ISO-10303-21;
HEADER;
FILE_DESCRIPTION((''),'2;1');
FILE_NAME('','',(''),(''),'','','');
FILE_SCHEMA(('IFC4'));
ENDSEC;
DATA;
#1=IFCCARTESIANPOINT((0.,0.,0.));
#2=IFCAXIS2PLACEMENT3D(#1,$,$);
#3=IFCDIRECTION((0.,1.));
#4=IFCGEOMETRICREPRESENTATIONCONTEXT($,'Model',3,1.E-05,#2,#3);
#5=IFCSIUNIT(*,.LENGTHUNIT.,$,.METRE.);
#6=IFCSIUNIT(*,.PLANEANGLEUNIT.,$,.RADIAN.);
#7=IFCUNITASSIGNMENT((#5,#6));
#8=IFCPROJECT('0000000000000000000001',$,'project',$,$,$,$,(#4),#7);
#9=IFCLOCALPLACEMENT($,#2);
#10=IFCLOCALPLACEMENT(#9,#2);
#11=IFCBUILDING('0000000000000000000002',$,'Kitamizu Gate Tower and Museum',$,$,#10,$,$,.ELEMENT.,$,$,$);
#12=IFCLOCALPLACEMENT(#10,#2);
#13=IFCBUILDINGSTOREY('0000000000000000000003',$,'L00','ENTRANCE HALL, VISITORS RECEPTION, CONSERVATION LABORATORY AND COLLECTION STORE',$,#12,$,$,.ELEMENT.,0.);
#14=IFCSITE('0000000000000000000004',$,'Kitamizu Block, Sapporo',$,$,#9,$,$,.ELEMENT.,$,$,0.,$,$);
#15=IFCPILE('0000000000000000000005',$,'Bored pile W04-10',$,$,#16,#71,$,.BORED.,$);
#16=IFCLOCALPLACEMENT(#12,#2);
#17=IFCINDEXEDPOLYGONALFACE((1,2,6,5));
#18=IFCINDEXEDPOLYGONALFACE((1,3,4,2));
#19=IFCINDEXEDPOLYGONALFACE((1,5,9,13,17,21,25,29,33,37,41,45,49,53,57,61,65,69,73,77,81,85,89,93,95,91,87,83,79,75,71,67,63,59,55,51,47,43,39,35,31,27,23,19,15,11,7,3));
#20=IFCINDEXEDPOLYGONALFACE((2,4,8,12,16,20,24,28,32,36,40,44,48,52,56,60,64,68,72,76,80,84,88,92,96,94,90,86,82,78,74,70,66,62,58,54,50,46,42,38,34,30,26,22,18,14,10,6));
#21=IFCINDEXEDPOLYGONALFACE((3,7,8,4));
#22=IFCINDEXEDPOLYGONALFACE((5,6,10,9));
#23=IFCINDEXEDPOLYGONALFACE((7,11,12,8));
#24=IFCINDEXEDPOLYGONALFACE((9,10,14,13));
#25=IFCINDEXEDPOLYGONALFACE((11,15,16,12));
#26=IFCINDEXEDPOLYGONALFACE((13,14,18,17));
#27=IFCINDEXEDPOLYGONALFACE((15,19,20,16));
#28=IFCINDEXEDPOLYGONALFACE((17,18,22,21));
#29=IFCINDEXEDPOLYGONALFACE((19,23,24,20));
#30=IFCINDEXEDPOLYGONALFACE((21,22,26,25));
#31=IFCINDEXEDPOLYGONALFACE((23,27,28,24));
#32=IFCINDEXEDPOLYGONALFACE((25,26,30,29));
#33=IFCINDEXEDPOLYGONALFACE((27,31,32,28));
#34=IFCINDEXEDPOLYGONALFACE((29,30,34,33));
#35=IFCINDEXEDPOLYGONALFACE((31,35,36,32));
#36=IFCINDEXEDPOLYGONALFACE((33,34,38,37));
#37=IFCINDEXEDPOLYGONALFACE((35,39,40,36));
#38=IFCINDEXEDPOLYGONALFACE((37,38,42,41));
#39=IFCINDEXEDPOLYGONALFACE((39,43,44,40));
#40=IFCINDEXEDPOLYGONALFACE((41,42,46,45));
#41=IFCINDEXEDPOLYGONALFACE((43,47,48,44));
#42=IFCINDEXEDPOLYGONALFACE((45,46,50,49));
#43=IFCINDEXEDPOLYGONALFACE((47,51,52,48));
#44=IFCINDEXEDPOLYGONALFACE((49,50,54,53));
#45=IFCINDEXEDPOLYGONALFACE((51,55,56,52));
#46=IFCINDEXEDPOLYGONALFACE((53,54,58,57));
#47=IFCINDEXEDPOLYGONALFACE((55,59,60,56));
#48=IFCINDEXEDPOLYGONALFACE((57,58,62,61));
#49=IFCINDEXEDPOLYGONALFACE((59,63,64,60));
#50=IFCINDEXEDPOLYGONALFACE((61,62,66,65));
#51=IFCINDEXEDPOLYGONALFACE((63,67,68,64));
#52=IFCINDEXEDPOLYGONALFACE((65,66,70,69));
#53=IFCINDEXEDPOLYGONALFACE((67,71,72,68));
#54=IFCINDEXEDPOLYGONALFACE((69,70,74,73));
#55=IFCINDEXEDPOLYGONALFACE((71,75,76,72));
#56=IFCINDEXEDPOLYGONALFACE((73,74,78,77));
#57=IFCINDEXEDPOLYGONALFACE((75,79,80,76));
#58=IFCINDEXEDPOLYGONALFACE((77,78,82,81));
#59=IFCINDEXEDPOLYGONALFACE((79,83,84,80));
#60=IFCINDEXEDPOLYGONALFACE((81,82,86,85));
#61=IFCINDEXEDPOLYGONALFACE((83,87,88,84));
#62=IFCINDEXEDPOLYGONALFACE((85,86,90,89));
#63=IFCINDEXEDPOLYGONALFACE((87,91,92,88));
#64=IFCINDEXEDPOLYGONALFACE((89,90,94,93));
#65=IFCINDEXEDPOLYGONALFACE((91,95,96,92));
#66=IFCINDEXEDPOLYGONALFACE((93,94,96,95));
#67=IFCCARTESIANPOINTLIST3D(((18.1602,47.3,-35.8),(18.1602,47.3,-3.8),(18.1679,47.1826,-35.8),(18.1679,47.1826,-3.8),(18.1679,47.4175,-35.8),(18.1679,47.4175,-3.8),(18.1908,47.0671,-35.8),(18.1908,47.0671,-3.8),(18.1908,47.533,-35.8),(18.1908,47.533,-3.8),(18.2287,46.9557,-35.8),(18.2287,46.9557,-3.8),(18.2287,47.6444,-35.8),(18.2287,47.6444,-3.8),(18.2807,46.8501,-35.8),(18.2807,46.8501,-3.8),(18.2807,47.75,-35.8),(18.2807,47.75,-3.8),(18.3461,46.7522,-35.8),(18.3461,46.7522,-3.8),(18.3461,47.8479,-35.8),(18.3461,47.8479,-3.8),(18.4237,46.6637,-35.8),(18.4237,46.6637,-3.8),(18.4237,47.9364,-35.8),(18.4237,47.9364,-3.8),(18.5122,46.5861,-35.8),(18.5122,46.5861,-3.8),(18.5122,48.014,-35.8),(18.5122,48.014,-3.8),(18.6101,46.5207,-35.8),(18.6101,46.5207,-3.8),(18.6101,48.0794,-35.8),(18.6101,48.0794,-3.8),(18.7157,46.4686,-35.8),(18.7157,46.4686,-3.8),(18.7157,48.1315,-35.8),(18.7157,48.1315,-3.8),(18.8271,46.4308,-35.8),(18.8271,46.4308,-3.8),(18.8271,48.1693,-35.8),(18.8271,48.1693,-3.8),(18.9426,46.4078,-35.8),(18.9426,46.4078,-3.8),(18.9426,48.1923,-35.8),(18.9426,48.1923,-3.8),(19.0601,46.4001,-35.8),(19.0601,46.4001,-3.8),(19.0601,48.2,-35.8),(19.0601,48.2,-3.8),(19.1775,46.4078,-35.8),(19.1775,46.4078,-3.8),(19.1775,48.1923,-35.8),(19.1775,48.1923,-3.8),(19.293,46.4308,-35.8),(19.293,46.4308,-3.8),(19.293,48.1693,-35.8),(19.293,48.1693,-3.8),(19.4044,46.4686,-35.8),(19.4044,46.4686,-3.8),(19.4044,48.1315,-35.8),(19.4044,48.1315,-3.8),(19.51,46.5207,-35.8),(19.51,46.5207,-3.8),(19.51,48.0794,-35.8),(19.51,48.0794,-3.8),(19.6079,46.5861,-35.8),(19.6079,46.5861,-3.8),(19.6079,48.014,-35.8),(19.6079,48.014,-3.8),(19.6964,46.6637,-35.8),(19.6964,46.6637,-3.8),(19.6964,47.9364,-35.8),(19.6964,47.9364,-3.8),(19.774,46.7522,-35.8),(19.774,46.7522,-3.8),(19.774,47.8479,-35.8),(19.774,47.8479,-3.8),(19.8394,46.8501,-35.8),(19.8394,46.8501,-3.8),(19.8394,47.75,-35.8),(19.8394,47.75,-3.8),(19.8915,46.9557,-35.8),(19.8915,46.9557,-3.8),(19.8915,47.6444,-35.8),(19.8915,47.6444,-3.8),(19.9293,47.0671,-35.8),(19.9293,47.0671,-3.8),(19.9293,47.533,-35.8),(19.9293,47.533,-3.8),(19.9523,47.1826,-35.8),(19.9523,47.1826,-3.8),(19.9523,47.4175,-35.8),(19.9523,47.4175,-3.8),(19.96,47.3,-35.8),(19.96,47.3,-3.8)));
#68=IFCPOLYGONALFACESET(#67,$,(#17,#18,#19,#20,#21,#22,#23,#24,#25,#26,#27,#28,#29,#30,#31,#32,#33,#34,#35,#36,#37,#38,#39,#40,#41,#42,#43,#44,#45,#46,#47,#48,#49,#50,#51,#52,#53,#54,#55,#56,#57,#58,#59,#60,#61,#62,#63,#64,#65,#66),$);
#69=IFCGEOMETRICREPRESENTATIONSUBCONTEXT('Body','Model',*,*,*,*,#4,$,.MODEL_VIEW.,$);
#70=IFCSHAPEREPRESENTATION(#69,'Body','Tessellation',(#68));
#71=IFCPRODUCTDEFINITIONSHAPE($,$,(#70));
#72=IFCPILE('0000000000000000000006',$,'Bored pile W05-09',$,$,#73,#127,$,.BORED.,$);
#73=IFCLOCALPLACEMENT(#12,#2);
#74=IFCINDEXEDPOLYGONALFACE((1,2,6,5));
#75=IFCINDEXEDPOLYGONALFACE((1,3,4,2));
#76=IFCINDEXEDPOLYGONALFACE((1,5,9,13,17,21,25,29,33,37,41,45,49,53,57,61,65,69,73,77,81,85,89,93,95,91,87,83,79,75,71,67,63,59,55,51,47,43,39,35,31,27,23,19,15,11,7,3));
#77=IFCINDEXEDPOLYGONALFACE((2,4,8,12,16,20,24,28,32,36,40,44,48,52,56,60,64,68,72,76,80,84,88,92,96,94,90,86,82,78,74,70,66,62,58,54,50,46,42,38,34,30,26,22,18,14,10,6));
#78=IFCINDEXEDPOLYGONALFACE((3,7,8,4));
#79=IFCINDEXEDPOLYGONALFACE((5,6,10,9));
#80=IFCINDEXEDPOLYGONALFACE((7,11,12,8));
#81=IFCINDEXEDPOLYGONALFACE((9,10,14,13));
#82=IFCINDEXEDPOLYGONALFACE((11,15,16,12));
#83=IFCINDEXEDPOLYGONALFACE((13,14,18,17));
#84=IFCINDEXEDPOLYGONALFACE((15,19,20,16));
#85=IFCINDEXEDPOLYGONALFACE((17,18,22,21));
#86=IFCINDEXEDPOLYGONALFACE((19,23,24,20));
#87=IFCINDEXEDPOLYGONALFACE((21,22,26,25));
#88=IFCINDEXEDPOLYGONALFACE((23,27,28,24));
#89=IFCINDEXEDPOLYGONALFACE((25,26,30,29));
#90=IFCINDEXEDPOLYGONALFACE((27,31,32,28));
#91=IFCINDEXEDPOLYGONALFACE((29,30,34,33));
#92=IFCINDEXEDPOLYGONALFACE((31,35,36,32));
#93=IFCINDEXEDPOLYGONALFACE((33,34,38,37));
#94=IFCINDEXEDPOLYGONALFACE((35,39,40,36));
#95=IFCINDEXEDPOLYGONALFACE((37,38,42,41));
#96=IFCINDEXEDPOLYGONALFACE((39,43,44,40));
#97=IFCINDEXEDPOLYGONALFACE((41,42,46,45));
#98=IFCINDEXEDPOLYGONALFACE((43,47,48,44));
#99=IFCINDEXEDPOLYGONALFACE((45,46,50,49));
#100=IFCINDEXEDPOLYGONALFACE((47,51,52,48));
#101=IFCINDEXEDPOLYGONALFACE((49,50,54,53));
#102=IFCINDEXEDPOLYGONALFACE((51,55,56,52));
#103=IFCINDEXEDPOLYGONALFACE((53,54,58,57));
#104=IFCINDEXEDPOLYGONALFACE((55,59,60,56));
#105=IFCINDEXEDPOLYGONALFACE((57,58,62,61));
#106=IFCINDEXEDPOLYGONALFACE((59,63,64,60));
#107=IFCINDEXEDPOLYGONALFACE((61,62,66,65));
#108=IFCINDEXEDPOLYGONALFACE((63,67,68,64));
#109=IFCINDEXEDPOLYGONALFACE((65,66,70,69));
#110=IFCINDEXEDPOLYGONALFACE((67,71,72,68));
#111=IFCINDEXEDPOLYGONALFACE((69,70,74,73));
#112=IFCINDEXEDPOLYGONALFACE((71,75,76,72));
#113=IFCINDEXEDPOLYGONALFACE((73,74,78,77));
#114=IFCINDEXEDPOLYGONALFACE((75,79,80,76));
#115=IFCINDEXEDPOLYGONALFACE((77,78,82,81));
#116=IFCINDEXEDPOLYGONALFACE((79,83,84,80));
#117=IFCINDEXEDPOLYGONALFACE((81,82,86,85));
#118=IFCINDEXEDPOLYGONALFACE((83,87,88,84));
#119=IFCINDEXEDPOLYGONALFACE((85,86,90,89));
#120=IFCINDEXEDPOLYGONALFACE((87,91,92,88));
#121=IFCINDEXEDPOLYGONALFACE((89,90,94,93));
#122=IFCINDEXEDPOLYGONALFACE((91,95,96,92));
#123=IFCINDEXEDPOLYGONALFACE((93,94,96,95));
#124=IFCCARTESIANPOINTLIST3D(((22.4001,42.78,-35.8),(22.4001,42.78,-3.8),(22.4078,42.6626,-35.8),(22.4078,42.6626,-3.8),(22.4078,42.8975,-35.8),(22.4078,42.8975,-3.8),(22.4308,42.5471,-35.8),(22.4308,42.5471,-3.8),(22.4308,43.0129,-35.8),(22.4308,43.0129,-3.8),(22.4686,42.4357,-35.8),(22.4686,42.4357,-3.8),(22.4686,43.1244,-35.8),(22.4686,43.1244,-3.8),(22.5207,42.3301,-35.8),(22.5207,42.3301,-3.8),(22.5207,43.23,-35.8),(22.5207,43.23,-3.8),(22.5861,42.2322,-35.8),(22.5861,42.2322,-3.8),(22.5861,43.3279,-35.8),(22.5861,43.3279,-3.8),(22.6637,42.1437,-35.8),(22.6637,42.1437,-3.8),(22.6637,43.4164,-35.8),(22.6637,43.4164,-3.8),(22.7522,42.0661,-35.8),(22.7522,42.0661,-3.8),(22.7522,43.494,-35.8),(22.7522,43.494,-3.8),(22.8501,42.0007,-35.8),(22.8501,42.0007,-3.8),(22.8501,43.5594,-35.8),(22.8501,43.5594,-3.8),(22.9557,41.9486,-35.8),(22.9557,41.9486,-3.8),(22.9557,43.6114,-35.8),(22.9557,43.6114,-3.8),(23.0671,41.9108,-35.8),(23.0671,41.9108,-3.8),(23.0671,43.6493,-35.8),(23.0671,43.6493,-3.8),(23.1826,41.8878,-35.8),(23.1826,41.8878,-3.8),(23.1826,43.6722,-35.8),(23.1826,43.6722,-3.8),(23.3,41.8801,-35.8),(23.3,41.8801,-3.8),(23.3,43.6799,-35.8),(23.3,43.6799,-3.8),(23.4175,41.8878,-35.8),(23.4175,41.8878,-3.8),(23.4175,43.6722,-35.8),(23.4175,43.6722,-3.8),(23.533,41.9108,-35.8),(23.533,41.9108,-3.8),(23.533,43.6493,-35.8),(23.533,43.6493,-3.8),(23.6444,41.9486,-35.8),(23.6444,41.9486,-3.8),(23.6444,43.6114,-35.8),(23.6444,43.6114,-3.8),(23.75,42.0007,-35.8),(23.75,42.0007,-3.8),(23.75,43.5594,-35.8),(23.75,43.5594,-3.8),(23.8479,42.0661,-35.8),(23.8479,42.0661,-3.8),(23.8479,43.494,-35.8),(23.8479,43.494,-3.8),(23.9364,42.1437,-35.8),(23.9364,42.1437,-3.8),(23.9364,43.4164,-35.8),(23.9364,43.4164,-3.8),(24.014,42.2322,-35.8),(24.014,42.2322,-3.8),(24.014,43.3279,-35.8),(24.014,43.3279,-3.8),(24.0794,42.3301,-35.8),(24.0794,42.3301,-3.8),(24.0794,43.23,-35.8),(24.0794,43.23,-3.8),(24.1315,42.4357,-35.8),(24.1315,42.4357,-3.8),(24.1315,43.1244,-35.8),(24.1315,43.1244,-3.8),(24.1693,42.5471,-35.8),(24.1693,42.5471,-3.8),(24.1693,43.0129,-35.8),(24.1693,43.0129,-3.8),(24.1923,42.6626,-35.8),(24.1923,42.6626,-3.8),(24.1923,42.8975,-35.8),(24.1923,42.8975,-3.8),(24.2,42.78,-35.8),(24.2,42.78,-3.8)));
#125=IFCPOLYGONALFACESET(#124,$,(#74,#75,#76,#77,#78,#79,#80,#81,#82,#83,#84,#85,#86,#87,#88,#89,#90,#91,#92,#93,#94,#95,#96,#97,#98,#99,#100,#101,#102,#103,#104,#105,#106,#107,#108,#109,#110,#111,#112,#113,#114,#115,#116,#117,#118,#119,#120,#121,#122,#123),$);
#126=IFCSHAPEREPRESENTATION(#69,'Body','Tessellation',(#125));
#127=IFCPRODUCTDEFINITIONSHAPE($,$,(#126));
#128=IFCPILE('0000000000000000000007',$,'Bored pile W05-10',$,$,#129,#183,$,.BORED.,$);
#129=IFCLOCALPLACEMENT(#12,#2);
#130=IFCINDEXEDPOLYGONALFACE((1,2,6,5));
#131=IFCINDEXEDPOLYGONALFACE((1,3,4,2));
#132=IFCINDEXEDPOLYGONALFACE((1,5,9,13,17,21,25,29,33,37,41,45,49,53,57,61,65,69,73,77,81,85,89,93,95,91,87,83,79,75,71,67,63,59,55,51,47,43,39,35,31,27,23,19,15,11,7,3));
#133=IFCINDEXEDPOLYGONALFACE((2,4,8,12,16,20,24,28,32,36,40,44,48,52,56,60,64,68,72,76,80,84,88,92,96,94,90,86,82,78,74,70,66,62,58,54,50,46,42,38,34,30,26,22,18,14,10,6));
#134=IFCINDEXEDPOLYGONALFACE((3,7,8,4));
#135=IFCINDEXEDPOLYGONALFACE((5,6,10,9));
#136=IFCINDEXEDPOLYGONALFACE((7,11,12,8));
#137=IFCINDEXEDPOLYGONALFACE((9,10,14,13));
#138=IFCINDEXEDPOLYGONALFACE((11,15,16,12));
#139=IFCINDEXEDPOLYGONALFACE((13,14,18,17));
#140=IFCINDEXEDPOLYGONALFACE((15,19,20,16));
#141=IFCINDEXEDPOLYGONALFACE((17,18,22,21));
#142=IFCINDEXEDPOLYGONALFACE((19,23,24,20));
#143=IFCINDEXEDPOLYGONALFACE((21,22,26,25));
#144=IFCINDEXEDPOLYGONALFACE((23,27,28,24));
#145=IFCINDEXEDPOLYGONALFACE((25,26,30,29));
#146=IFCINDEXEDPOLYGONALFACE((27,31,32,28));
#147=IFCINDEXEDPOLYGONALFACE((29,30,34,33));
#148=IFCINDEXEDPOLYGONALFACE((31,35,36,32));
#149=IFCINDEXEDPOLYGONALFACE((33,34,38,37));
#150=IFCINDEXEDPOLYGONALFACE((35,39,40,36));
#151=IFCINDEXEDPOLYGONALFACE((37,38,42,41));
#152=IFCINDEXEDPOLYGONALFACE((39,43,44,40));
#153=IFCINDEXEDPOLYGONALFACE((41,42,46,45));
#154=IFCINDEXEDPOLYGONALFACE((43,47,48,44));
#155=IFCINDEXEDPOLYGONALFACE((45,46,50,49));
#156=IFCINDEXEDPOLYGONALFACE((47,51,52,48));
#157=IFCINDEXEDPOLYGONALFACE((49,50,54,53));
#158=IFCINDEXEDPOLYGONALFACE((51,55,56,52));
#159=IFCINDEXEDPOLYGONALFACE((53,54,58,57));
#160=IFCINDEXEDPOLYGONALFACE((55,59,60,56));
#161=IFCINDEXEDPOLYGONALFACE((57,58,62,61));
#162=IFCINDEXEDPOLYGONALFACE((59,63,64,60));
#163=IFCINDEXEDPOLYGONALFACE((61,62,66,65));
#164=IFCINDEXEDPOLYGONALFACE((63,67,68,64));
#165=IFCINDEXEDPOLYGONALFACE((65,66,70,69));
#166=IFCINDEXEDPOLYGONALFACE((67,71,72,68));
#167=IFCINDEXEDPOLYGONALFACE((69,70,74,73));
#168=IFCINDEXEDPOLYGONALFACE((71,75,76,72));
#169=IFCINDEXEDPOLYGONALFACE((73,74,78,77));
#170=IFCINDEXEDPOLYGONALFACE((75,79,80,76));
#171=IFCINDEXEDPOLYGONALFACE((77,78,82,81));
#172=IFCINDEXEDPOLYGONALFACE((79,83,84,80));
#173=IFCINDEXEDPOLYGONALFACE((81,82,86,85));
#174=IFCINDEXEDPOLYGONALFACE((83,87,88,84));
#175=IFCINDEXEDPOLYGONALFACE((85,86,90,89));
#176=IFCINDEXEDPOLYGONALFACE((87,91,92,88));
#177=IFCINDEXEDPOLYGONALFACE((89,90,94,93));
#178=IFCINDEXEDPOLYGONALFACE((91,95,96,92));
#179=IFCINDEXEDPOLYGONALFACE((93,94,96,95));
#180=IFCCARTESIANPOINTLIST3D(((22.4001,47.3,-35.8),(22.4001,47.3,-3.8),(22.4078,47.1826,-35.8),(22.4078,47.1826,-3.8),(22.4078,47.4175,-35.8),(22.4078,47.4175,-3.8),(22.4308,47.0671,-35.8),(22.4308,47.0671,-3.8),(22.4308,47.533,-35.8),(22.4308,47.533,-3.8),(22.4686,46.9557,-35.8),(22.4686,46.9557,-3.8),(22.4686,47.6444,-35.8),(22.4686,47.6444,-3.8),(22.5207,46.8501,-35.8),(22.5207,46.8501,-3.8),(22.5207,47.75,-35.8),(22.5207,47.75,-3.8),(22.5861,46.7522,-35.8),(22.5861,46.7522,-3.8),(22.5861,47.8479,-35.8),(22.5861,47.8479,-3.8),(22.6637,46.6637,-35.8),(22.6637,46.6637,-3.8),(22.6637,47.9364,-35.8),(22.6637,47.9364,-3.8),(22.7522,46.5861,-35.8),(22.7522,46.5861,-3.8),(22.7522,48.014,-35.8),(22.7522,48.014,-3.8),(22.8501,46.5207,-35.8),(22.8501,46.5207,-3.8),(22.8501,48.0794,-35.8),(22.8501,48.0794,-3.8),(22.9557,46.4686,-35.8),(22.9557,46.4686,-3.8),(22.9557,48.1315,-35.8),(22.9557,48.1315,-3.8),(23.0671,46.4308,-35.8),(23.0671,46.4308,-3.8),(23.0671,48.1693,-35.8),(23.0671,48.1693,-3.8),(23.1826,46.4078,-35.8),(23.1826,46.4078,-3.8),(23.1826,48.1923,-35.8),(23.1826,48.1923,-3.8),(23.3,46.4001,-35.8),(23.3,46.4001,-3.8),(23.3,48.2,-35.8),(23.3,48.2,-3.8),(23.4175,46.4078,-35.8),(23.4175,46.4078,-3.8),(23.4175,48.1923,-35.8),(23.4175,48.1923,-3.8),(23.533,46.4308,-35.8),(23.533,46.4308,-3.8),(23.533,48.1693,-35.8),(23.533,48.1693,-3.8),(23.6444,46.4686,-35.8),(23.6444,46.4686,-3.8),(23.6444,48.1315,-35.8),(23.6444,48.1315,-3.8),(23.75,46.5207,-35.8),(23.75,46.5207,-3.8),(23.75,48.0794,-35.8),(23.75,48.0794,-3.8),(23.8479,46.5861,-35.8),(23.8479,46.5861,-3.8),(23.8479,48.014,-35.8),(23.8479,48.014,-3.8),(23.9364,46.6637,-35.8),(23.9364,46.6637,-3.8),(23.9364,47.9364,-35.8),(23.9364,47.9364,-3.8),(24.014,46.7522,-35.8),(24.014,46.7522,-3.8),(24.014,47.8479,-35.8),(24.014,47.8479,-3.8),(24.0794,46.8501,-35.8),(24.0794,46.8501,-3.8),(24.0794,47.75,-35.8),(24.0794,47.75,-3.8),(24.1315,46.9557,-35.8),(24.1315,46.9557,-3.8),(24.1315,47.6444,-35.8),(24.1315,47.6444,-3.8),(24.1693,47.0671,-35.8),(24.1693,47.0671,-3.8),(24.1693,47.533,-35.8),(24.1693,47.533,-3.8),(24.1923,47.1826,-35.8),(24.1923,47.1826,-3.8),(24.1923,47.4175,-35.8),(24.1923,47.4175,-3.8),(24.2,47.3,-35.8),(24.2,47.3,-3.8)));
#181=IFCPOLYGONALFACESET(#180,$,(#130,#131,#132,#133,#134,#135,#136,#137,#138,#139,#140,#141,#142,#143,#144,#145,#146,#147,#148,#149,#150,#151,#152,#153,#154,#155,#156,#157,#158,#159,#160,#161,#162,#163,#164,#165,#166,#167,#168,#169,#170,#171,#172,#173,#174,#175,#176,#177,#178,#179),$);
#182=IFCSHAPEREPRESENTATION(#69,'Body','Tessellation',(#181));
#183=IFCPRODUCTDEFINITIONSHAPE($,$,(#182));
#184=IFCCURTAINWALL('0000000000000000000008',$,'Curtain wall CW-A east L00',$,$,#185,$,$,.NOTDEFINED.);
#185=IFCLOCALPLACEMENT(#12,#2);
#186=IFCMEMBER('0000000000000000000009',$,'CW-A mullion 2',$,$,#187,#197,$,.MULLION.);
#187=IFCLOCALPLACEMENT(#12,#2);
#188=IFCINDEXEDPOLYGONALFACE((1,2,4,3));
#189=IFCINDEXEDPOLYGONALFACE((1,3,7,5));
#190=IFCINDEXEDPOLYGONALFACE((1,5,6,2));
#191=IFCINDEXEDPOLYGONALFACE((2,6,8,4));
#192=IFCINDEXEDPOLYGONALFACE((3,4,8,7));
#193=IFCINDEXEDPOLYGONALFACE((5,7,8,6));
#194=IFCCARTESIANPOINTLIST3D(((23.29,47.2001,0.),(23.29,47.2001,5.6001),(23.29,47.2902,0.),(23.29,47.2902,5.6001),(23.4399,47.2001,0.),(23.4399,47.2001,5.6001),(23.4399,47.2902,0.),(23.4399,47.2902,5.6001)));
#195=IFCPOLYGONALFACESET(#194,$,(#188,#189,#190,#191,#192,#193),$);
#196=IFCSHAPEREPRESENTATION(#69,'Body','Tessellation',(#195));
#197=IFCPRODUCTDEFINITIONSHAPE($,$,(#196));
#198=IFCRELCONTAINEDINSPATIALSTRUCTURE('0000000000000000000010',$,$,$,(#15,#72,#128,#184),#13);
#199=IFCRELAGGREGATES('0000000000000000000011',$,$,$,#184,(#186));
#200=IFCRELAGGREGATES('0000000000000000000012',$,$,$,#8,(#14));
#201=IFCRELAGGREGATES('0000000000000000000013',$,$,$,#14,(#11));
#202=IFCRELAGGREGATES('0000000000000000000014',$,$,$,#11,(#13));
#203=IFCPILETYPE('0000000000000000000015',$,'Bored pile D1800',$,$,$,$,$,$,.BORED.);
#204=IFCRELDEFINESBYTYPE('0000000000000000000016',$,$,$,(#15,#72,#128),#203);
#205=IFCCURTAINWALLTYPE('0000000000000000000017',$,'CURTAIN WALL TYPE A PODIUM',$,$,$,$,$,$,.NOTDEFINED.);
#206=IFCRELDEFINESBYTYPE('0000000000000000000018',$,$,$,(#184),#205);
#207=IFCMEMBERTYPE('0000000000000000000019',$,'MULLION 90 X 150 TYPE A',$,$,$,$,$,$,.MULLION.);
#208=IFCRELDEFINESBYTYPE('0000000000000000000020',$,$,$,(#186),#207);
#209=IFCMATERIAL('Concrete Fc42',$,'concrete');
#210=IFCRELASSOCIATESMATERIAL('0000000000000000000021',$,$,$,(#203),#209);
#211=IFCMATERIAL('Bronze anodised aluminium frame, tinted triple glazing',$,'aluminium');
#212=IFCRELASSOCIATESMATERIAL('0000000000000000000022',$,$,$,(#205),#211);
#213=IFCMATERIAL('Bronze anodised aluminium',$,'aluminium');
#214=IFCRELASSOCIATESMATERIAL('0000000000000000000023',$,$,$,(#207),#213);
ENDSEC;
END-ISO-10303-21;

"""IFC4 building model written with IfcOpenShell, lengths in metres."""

from ifc_helpers import new_model, si_unit, direction, frame, origin, origin_2d, place, context, subcontext, project, spatial, rectangle, circle, extrude, material, material_profile, profile_set, type_object, element, aggregate, save


model = new_model("IFC4")

# Units and contexts
model_context = context("Model", 3, precision=1e-05, world=origin(), true_north=direction((0.0, 1.0)))
body_context = subcontext(model_context, "Body", "Model", "MODEL_VIEW")
ifc_project = project(units=[si_unit("LENGTHUNIT", "METRE"), si_unit("PLANEANGLEUNIT", "RADIAN")], contexts=[model_context])

# Site, building, storey
site_placement = place(None, origin())
site = spatial("IfcSite", under=ifc_project, at=site_placement, Name="Kitamizu Block, Sapporo", CompositionType="ELEMENT", RefElevation=0.0)
building_placement = place(site_placement, origin())
building = spatial("IfcBuilding", under=site, at=building_placement, Name="Kitamizu Gate Tower and Museum", CompositionType="ELEMENT")
storey_placement = place(building_placement, origin())
storey = spatial("IfcBuildingStorey", under=building, at=storey_placement, Name="L00", Description="ENTRANCE HALL, VISITORS RECEPTION, CONSERVATION LABORATORY AND COLLECTION STORE", CompositionType="ELEMENT", Elevation=0.0)

# Piles
ifc_material_1 = material(Name="Concrete Fc42", Category="concrete")
ifc_material_profile_1 = material_profile(ifc_material_1, circle(Radius=0.8999, at=origin_2d()), Name="Bored pile D1800")
ifc_profile_set_1 = profile_set([ifc_material_profile_1], Name="Concrete Fc42")
pile_type = type_object("IfcPileType", Name="Bored pile D1800", PredefinedType="BORED", material=ifc_profile_set_1)
for number, where, z_axis, x_axis, name in (
    (1, (19.0601, 47.3, -3.8), (0.0, 0.0, -1.0), (1.0, 0.0, 0.0), "Bored pile W04-10"),
    (2, (23.3, 42.78, -3.8), (0.0, 0.0, -1.0), (1.0, 0.0, 0.0), "Bored pile W05-09"),
    (3, (23.3, 47.3, -3.8), (0.0, 0.0, -1.0), (1.0, 0.0, 0.0), "Bored pile W05-10"),
):
    element("IfcPile", number, at=place(storey_placement, frame(where, z_axis=z_axis, x_axis=x_axis)), inside=storey, type_object=pile_type, Name=name, PredefinedType="BORED", context=body_context, shape_type="SweptSolid", body=[
        extrude(circle(Radius=0.8999, at=origin_2d()), origin(), (0.0, 0.0, 1.0), 32.0),
    ])

# Curtain wall, member
ifc_material_2 = material(Name="Bronze anodised aluminium frame, tinted triple glazing", Category="aluminium")
curtain_wall_type_1 = type_object("IfcCurtainWallType", Name="CURTAIN WALL TYPE A PODIUM", PredefinedType="NOTDEFINED", material=ifc_material_2)
curtain_wall_1_placement = place(storey_placement, origin())
curtain_wall_1 = element("IfcCurtainWall", 4, at=curtain_wall_1_placement, inside=storey, type_object=curtain_wall_type_1, Name="Curtain wall CW-A east L00", PredefinedType="NOTDEFINED")
ifc_material_3 = material(Name="Bronze anodised aluminium", Category="aluminium")
ifc_material_profile_2 = material_profile(ifc_material_3, rectangle(XDim=0.0901, YDim=0.1499, at=origin_2d()), Name="AL 90X150")
ifc_profile_set_2 = profile_set([ifc_material_profile_2], Name="Bronze anodised aluminium")
member_type_1 = type_object("IfcMemberType", Name="MULLION 90 X 150 TYPE A", PredefinedType="MULLION", material=ifc_profile_set_2)
member_1_placement = place(storey_placement, frame((23.365, 47.2451, 0.0), z_axis=(0.0, 0.0, 1.0), x_axis=(0.0, 1.0, 0.0)))
member_1 = element("IfcMember", 5, at=member_1_placement, type_object=member_type_1, Name="CW-A mullion 2", PredefinedType="MULLION", context=body_context, shape_type="SweptSolid", body=[
    extrude(rectangle(XDim=0.0901, YDim=0.1499, at=origin_2d()), origin(), (0.0, 0.0, 1.0), 5.6001),
])

aggregate(curtain_wall_1, [member_1])

save(model, "model.ifc")
